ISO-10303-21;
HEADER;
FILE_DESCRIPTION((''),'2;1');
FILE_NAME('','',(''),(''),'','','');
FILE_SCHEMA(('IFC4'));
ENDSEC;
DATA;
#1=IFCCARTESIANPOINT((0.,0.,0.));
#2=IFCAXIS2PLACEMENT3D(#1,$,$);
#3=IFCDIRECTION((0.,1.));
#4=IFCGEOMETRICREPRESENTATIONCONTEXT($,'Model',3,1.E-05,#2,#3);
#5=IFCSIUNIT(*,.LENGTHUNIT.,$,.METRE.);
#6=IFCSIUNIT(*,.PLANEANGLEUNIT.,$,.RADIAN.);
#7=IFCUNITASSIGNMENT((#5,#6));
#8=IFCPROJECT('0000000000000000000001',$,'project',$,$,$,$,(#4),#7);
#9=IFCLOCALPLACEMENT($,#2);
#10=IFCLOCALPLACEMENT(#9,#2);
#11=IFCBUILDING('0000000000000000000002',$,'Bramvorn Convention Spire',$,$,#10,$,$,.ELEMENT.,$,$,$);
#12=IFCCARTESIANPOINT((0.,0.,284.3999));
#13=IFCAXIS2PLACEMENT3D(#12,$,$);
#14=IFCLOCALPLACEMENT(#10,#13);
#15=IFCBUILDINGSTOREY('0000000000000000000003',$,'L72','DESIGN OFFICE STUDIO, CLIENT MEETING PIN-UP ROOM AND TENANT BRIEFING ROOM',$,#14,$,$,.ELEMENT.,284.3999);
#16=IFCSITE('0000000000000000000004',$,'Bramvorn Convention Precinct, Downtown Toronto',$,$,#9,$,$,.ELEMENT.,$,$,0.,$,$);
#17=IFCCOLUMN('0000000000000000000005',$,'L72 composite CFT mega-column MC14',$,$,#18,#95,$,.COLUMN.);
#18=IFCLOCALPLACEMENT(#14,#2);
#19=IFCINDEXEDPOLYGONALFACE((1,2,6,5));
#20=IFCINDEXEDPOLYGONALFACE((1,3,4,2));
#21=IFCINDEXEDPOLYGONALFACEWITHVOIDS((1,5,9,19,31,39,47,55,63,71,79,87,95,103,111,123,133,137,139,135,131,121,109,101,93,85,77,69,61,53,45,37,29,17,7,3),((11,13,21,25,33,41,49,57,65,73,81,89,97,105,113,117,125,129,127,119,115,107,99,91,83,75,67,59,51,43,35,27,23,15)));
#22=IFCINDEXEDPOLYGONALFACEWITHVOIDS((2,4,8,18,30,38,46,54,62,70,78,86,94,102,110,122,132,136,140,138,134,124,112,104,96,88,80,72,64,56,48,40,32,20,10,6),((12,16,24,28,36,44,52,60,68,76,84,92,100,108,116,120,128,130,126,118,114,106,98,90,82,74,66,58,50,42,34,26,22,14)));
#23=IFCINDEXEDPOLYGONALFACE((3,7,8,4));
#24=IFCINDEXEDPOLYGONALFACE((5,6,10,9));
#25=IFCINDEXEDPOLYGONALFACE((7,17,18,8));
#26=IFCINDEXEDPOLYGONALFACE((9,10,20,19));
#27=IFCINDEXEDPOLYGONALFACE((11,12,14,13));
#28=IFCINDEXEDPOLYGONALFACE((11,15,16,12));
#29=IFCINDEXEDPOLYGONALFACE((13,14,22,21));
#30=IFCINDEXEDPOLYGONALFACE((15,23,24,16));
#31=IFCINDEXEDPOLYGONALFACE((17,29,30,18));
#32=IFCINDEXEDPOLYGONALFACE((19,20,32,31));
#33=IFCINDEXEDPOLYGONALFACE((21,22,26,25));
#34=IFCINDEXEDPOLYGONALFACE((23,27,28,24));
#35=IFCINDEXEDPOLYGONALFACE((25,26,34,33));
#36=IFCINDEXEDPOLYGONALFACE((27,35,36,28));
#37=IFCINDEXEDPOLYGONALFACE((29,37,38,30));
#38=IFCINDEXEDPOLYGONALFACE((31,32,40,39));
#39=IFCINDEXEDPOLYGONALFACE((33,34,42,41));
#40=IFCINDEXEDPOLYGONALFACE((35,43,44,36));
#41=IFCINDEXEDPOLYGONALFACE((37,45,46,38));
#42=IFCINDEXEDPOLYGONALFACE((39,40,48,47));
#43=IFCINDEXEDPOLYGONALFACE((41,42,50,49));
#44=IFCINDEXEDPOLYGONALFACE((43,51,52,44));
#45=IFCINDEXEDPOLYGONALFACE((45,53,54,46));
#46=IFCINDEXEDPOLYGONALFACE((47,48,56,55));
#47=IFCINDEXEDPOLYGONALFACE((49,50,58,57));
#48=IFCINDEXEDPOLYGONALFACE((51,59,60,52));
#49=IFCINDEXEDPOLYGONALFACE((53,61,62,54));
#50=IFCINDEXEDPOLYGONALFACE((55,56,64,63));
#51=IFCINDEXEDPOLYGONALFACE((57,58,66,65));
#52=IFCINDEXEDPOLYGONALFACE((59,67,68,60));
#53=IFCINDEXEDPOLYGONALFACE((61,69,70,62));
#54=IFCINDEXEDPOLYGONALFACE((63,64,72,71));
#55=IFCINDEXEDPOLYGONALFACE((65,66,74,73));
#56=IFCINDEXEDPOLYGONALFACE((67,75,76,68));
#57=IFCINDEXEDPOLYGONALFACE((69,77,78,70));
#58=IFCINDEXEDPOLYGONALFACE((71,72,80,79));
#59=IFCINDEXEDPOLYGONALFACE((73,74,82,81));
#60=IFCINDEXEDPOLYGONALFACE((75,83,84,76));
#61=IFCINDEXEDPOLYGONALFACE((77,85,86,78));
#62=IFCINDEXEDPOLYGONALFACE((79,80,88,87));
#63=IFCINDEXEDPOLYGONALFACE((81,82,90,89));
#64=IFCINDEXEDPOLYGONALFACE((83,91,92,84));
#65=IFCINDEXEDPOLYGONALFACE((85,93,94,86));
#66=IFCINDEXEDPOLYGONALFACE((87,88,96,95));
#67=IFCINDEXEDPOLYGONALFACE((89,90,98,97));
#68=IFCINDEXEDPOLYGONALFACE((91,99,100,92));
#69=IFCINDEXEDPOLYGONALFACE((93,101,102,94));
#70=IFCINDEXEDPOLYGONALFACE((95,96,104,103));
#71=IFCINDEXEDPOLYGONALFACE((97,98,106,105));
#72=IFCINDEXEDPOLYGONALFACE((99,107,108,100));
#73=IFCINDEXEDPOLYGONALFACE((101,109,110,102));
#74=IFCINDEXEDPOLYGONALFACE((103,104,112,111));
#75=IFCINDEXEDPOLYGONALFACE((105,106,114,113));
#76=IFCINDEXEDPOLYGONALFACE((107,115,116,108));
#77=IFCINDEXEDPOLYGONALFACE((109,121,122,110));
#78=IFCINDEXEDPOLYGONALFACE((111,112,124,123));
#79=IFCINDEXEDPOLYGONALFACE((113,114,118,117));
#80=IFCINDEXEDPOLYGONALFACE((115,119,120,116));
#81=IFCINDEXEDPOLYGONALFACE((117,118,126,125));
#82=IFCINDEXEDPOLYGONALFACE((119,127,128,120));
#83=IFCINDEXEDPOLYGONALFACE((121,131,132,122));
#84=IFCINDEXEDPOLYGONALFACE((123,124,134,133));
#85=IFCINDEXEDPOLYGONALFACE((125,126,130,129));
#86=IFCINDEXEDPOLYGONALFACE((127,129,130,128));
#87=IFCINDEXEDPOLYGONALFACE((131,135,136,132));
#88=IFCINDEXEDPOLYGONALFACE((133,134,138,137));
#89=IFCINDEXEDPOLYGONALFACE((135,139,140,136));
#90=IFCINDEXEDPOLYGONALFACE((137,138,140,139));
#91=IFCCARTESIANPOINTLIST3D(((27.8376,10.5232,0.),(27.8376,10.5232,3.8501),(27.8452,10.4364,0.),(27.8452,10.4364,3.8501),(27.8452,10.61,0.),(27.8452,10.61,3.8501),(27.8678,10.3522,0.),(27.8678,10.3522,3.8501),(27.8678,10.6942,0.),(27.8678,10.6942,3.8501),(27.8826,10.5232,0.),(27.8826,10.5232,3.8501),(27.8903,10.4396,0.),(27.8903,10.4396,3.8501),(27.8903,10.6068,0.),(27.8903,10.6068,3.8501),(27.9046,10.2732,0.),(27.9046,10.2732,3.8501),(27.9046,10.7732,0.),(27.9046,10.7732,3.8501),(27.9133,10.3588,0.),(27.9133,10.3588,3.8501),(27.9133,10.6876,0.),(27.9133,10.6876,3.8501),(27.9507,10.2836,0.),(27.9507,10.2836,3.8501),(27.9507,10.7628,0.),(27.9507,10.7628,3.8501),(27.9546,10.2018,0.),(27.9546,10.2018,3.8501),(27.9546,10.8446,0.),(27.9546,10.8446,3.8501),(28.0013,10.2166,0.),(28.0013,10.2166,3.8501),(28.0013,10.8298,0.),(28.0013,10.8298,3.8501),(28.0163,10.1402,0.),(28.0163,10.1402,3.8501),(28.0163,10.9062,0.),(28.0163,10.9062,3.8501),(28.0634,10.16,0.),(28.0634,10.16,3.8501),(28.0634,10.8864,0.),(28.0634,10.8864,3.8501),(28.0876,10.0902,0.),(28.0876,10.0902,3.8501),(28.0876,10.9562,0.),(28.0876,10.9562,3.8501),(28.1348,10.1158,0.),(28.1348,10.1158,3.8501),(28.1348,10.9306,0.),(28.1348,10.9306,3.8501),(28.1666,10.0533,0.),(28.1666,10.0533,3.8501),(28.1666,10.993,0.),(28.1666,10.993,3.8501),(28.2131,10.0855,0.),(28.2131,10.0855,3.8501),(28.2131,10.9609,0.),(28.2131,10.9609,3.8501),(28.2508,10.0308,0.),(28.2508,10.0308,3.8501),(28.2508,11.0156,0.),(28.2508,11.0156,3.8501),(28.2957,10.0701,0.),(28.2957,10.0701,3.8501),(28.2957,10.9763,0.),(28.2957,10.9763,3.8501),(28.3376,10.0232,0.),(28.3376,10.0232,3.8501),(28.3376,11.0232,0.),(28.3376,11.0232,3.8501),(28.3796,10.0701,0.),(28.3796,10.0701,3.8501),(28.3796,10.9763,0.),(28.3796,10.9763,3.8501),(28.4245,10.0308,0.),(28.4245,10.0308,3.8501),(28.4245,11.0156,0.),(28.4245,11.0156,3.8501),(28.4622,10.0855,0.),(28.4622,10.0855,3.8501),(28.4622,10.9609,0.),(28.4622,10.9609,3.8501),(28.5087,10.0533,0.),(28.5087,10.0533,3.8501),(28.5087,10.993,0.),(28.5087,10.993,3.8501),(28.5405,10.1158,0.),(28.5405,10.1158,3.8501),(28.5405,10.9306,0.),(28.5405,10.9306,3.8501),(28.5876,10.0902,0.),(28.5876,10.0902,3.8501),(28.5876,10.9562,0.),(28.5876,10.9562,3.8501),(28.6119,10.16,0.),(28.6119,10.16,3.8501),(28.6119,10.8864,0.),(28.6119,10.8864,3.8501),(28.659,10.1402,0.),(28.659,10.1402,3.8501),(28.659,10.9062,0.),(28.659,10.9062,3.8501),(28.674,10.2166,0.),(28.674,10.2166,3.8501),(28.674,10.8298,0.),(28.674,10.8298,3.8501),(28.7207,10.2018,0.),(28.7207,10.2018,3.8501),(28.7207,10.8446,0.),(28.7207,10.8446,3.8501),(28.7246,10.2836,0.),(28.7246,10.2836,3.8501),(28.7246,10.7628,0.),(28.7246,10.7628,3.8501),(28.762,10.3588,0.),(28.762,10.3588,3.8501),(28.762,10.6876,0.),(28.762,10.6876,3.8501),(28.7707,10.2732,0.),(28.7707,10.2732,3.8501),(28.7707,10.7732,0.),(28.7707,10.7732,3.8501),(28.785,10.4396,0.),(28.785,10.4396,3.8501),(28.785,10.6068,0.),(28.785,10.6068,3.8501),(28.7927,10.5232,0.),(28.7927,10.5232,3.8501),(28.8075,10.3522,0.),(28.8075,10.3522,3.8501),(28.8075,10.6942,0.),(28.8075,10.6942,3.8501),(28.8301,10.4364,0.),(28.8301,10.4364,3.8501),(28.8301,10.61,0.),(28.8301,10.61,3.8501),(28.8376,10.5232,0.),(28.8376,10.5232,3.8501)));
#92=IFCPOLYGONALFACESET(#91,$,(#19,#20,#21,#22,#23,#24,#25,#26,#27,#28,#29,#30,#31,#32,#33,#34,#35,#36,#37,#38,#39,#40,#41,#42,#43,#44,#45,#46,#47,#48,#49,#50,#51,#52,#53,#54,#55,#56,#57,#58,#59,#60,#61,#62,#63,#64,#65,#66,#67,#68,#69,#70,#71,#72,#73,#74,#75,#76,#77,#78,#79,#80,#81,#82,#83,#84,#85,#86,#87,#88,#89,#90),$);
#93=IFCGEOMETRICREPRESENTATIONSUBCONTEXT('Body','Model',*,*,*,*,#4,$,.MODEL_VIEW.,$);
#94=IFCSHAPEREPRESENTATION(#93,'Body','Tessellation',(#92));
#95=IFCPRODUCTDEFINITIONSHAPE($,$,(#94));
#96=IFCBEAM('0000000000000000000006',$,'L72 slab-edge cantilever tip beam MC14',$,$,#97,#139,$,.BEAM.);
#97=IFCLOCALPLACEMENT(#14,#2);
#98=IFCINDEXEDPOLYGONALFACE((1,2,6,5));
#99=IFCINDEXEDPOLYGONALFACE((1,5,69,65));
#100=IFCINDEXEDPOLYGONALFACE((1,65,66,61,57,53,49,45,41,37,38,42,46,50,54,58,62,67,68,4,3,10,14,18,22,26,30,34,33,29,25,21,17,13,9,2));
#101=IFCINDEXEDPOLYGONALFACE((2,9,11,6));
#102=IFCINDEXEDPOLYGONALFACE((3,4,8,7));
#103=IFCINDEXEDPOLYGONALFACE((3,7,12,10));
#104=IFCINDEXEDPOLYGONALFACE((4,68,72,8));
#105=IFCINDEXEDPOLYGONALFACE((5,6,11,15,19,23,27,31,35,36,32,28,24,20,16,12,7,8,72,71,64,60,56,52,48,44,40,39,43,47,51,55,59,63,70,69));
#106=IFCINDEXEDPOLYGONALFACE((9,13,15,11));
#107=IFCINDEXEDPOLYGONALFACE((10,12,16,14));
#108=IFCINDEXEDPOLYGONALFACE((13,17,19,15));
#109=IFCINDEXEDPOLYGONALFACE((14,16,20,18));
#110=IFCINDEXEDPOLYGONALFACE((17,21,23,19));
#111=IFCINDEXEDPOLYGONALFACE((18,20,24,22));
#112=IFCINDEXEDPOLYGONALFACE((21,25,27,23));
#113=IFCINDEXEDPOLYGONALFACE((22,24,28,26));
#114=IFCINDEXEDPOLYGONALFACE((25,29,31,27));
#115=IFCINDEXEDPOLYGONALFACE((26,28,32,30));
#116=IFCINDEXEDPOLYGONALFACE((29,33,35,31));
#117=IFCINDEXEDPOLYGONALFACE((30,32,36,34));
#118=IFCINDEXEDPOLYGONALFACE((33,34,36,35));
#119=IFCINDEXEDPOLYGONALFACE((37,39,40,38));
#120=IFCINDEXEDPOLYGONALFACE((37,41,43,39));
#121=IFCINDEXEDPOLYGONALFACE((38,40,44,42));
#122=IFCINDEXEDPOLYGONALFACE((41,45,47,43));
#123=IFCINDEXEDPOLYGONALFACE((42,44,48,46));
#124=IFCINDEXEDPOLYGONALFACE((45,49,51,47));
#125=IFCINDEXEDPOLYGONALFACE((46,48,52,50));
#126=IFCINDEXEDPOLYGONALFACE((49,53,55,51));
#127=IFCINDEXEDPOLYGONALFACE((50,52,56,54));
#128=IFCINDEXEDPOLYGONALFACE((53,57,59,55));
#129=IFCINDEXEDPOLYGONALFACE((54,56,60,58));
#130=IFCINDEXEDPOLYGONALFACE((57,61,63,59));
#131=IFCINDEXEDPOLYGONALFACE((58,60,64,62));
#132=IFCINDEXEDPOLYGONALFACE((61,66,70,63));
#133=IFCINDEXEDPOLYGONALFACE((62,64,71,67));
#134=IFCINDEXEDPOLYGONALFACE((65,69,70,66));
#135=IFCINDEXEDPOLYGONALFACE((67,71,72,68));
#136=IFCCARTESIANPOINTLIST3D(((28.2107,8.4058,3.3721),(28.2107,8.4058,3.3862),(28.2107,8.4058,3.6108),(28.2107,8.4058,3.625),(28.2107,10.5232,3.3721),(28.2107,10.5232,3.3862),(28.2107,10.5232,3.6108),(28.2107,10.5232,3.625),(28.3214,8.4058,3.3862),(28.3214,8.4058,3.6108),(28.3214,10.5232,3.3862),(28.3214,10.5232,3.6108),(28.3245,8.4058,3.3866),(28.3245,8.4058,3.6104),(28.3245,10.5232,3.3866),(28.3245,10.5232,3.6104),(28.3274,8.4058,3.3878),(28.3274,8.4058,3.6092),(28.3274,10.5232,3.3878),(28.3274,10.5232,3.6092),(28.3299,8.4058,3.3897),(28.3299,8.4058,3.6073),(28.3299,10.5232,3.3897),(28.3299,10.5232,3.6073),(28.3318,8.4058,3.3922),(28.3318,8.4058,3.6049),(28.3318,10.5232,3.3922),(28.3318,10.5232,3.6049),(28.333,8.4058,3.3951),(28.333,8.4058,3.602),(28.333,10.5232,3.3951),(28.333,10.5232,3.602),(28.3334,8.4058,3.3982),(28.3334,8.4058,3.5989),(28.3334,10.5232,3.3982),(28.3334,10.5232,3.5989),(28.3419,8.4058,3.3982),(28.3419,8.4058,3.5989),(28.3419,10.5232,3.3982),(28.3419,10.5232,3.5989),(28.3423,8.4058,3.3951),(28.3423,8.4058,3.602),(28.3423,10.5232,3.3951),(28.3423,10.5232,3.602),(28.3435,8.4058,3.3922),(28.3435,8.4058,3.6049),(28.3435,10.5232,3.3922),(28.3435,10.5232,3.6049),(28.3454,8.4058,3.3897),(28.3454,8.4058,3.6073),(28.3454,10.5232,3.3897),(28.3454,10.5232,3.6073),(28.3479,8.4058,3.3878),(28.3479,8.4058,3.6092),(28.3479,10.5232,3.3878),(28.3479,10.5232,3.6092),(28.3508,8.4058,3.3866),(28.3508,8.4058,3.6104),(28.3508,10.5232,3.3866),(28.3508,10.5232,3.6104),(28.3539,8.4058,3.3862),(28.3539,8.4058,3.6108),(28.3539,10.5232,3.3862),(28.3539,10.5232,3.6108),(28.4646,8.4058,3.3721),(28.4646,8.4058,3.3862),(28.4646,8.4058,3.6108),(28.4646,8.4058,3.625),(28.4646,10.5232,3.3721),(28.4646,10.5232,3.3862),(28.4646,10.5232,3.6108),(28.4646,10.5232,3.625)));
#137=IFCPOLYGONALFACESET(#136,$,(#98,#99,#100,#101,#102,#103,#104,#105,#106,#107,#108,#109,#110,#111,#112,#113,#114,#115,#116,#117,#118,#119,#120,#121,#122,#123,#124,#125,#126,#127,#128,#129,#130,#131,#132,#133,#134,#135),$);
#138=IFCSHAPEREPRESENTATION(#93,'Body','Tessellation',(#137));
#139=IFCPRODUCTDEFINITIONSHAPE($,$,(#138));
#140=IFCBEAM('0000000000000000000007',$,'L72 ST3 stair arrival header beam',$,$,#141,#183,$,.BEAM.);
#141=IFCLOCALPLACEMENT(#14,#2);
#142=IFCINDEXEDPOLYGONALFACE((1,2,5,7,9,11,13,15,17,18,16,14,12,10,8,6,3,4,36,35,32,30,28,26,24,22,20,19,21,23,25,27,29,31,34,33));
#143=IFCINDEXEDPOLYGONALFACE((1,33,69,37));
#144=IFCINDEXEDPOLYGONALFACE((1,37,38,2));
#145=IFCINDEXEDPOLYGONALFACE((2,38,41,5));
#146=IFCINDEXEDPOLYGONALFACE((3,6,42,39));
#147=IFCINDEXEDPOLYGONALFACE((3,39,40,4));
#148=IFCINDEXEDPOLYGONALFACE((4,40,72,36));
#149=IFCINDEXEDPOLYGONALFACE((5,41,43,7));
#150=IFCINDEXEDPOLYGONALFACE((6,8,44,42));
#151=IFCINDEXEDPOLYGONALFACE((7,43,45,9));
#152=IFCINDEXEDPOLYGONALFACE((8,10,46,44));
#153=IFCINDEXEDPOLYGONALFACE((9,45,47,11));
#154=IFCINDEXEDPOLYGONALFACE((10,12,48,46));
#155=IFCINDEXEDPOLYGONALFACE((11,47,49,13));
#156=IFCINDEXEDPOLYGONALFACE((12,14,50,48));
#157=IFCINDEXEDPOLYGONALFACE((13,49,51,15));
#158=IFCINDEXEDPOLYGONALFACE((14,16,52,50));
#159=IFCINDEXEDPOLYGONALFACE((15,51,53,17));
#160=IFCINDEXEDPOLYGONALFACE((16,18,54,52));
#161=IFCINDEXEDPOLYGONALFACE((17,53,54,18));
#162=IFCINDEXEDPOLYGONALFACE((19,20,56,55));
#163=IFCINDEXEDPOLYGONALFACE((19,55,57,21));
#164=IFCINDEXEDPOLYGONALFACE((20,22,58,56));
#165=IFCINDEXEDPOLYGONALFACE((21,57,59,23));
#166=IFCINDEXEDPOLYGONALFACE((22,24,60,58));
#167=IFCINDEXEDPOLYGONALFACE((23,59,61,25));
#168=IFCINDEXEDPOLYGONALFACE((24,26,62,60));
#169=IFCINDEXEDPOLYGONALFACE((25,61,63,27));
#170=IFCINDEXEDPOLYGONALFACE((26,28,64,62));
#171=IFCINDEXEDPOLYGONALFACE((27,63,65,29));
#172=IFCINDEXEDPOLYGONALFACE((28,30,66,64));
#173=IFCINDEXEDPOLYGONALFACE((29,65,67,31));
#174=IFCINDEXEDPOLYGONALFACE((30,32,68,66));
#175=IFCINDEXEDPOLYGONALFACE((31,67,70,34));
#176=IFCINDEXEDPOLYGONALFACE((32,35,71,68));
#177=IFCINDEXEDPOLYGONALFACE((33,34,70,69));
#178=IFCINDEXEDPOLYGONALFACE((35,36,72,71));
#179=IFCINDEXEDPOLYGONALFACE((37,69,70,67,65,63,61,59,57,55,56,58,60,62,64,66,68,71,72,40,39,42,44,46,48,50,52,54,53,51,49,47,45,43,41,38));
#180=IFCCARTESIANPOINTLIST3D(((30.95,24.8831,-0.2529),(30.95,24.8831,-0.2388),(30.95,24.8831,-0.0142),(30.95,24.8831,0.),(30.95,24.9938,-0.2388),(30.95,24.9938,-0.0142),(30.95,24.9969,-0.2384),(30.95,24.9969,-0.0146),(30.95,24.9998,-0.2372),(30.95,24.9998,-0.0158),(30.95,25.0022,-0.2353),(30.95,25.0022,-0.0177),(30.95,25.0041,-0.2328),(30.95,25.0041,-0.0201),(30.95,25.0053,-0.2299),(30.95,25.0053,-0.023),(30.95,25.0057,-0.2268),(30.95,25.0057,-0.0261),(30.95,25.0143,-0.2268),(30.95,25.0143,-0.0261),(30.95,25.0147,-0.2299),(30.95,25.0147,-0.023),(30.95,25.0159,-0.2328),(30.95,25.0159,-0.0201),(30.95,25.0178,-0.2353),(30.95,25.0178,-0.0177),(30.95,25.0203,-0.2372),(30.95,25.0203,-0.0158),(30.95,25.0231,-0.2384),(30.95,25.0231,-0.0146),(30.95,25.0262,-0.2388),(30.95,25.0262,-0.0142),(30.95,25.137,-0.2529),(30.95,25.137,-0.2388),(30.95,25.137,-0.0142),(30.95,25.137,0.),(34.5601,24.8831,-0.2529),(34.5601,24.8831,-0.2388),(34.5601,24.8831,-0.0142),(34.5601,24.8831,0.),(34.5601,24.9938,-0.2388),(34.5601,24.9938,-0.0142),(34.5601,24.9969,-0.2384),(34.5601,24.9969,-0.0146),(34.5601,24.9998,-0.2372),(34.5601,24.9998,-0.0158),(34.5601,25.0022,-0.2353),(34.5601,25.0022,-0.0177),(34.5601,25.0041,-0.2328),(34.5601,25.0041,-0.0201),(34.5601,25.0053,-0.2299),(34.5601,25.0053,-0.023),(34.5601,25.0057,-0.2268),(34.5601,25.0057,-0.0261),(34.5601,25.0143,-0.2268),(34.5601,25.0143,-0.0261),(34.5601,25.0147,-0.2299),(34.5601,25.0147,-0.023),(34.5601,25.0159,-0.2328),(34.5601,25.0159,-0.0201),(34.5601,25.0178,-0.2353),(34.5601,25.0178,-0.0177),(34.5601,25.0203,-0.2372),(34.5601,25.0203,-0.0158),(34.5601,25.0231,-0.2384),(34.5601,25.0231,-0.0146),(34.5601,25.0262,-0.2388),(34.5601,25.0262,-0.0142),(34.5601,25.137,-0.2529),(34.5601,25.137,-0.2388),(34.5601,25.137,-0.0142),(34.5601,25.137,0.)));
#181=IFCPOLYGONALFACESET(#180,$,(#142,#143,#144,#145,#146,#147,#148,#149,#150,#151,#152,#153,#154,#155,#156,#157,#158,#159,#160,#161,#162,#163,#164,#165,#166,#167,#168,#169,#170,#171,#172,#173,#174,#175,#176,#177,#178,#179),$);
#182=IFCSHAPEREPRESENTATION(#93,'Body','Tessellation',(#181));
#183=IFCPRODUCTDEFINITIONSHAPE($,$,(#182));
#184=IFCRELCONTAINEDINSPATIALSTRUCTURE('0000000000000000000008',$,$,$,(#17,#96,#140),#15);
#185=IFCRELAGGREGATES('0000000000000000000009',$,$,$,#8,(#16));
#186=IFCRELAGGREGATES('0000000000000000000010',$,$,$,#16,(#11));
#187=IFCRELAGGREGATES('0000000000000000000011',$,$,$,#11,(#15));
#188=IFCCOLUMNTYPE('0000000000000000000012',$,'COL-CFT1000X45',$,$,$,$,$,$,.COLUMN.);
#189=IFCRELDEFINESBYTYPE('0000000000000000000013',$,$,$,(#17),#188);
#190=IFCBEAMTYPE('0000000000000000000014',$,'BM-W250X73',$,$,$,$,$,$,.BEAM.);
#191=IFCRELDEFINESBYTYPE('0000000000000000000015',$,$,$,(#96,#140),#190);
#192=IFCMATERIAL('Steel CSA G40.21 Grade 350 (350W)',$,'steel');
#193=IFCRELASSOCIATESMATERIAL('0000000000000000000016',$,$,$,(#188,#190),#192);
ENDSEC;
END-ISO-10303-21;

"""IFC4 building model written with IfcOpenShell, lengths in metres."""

from ifc_helpers import new_model, si_unit, direction, frame, origin, origin_2d, place, context, subcontext, project, spatial, hollow_circle, i_section, extrude, material, material_profile, profile_set, type_object, element, save


model = new_model("IFC4")

# Units and contexts
model_context = context("Model", 3, precision=1e-05, world=origin(), true_north=direction((0.0, 1.0)))
body_context = subcontext(model_context, "Body", "Model", "MODEL_VIEW")
ifc_project = project(units=[si_unit("LENGTHUNIT", "METRE"), si_unit("PLANEANGLEUNIT", "RADIAN")], contexts=[model_context])

# Site, building, storey
site_placement = place(None, origin())
site = spatial("IfcSite", under=ifc_project, at=site_placement, Name="Bramvorn Convention Precinct, Downtown Toronto", CompositionType="ELEMENT", RefElevation=0.0)
building_placement = place(site_placement, origin())
building = spatial("IfcBuilding", under=site, at=building_placement, Name="Bramvorn Convention Spire", CompositionType="ELEMENT")
storey_placement = place(building_placement, frame((0.0, 0.0, 284.3999)))
storey = spatial("IfcBuildingStorey", under=building, at=storey_placement, Name="L72", Description="DESIGN OFFICE STUDIO, CLIENT MEETING PIN-UP ROOM AND TENANT BRIEFING ROOM", CompositionType="ELEMENT", Elevation=284.3999)

# Column
ifc_material_1 = material(Name="Steel CSA G40.21 Grade 350 (350W)", Category="steel")
ifc_material_profile_1 = material_profile(ifc_material_1, hollow_circle(Radius=0.5, WallThickness=0.0449, at=origin_2d()))
ifc_profile_set_1 = profile_set([ifc_material_profile_1], Name="Steel CSA G40.21 Grade 350 (350W) - CFT1000X45")
column_type = type_object("IfcColumnType", Name="COL-CFT1000X45", PredefinedType="COLUMN", material=ifc_profile_set_1)
column_placement = place(storey_placement, frame((28.3376, 10.5232, 0.0), z_axis=(0.0, 0.0, 1.0), x_axis=(1.0, 0.0, 0.0)))
element("IfcColumn", 1, at=column_placement, inside=storey, type_object=column_type, Name="L72 composite CFT mega-column MC14", PredefinedType="COLUMN", context=body_context, shape_type="SweptSolid", body=[
    extrude(hollow_circle(Radius=0.5, WallThickness=0.0449, at=origin_2d()), origin(), (0.0, 0.0, 1.0), 3.8501),
])

# Beams
ifc_material_profile_2 = material_profile(ifc_material_1, i_section(OverallWidth=0.2539, OverallDepth=0.2529, WebThickness=0.0085, FlangeThickness=0.0142, FilletRadius=0.012, at=origin_2d()))
ifc_profile_set_2 = profile_set([ifc_material_profile_2], Name="Steel CSA G40.21 Grade 350 (350W) - W250X73")
beam_type_1 = type_object("IfcBeamType", Name="BM-W250X73", PredefinedType="BEAM", material=ifc_profile_set_2)
beam_1_placement = place(storey_placement, frame((28.3376, 10.5232, 3.4985), z_axis=(0.0, -1.0, 0.0), x_axis=(1.0, 0.0, 0.0)))
element("IfcBeam", 2, at=beam_1_placement, inside=storey, type_object=beam_type_1, Name="L72 slab-edge cantilever tip beam MC14", PredefinedType="BEAM", context=body_context, shape_type="SweptSolid", body=[
    extrude(i_section(OverallWidth=0.2539, OverallDepth=0.2529, WebThickness=0.0085, FlangeThickness=0.0142, FilletRadius=0.012, at=origin_2d()), origin(), (0.0, 0.0, 1.0), 2.1174),
])
beam_2_placement = place(storey_placement, frame((30.95, 25.01, -0.1265), z_axis=(1.0, 0.0, 0.0), x_axis=(0.0, 1.0, 0.0)))
element("IfcBeam", 3, at=beam_2_placement, inside=storey, type_object=beam_type_1, Name="L72 ST3 stair arrival header beam", PredefinedType="BEAM", context=body_context, shape_type="SweptSolid", body=[
    extrude(i_section(OverallWidth=0.2539, OverallDepth=0.2529, WebThickness=0.0085, FlangeThickness=0.0142, FilletRadius=0.012, at=origin_2d()), origin(), (0.0, 0.0, 1.0), 3.6101),
])

save(model, "model.ifc")
